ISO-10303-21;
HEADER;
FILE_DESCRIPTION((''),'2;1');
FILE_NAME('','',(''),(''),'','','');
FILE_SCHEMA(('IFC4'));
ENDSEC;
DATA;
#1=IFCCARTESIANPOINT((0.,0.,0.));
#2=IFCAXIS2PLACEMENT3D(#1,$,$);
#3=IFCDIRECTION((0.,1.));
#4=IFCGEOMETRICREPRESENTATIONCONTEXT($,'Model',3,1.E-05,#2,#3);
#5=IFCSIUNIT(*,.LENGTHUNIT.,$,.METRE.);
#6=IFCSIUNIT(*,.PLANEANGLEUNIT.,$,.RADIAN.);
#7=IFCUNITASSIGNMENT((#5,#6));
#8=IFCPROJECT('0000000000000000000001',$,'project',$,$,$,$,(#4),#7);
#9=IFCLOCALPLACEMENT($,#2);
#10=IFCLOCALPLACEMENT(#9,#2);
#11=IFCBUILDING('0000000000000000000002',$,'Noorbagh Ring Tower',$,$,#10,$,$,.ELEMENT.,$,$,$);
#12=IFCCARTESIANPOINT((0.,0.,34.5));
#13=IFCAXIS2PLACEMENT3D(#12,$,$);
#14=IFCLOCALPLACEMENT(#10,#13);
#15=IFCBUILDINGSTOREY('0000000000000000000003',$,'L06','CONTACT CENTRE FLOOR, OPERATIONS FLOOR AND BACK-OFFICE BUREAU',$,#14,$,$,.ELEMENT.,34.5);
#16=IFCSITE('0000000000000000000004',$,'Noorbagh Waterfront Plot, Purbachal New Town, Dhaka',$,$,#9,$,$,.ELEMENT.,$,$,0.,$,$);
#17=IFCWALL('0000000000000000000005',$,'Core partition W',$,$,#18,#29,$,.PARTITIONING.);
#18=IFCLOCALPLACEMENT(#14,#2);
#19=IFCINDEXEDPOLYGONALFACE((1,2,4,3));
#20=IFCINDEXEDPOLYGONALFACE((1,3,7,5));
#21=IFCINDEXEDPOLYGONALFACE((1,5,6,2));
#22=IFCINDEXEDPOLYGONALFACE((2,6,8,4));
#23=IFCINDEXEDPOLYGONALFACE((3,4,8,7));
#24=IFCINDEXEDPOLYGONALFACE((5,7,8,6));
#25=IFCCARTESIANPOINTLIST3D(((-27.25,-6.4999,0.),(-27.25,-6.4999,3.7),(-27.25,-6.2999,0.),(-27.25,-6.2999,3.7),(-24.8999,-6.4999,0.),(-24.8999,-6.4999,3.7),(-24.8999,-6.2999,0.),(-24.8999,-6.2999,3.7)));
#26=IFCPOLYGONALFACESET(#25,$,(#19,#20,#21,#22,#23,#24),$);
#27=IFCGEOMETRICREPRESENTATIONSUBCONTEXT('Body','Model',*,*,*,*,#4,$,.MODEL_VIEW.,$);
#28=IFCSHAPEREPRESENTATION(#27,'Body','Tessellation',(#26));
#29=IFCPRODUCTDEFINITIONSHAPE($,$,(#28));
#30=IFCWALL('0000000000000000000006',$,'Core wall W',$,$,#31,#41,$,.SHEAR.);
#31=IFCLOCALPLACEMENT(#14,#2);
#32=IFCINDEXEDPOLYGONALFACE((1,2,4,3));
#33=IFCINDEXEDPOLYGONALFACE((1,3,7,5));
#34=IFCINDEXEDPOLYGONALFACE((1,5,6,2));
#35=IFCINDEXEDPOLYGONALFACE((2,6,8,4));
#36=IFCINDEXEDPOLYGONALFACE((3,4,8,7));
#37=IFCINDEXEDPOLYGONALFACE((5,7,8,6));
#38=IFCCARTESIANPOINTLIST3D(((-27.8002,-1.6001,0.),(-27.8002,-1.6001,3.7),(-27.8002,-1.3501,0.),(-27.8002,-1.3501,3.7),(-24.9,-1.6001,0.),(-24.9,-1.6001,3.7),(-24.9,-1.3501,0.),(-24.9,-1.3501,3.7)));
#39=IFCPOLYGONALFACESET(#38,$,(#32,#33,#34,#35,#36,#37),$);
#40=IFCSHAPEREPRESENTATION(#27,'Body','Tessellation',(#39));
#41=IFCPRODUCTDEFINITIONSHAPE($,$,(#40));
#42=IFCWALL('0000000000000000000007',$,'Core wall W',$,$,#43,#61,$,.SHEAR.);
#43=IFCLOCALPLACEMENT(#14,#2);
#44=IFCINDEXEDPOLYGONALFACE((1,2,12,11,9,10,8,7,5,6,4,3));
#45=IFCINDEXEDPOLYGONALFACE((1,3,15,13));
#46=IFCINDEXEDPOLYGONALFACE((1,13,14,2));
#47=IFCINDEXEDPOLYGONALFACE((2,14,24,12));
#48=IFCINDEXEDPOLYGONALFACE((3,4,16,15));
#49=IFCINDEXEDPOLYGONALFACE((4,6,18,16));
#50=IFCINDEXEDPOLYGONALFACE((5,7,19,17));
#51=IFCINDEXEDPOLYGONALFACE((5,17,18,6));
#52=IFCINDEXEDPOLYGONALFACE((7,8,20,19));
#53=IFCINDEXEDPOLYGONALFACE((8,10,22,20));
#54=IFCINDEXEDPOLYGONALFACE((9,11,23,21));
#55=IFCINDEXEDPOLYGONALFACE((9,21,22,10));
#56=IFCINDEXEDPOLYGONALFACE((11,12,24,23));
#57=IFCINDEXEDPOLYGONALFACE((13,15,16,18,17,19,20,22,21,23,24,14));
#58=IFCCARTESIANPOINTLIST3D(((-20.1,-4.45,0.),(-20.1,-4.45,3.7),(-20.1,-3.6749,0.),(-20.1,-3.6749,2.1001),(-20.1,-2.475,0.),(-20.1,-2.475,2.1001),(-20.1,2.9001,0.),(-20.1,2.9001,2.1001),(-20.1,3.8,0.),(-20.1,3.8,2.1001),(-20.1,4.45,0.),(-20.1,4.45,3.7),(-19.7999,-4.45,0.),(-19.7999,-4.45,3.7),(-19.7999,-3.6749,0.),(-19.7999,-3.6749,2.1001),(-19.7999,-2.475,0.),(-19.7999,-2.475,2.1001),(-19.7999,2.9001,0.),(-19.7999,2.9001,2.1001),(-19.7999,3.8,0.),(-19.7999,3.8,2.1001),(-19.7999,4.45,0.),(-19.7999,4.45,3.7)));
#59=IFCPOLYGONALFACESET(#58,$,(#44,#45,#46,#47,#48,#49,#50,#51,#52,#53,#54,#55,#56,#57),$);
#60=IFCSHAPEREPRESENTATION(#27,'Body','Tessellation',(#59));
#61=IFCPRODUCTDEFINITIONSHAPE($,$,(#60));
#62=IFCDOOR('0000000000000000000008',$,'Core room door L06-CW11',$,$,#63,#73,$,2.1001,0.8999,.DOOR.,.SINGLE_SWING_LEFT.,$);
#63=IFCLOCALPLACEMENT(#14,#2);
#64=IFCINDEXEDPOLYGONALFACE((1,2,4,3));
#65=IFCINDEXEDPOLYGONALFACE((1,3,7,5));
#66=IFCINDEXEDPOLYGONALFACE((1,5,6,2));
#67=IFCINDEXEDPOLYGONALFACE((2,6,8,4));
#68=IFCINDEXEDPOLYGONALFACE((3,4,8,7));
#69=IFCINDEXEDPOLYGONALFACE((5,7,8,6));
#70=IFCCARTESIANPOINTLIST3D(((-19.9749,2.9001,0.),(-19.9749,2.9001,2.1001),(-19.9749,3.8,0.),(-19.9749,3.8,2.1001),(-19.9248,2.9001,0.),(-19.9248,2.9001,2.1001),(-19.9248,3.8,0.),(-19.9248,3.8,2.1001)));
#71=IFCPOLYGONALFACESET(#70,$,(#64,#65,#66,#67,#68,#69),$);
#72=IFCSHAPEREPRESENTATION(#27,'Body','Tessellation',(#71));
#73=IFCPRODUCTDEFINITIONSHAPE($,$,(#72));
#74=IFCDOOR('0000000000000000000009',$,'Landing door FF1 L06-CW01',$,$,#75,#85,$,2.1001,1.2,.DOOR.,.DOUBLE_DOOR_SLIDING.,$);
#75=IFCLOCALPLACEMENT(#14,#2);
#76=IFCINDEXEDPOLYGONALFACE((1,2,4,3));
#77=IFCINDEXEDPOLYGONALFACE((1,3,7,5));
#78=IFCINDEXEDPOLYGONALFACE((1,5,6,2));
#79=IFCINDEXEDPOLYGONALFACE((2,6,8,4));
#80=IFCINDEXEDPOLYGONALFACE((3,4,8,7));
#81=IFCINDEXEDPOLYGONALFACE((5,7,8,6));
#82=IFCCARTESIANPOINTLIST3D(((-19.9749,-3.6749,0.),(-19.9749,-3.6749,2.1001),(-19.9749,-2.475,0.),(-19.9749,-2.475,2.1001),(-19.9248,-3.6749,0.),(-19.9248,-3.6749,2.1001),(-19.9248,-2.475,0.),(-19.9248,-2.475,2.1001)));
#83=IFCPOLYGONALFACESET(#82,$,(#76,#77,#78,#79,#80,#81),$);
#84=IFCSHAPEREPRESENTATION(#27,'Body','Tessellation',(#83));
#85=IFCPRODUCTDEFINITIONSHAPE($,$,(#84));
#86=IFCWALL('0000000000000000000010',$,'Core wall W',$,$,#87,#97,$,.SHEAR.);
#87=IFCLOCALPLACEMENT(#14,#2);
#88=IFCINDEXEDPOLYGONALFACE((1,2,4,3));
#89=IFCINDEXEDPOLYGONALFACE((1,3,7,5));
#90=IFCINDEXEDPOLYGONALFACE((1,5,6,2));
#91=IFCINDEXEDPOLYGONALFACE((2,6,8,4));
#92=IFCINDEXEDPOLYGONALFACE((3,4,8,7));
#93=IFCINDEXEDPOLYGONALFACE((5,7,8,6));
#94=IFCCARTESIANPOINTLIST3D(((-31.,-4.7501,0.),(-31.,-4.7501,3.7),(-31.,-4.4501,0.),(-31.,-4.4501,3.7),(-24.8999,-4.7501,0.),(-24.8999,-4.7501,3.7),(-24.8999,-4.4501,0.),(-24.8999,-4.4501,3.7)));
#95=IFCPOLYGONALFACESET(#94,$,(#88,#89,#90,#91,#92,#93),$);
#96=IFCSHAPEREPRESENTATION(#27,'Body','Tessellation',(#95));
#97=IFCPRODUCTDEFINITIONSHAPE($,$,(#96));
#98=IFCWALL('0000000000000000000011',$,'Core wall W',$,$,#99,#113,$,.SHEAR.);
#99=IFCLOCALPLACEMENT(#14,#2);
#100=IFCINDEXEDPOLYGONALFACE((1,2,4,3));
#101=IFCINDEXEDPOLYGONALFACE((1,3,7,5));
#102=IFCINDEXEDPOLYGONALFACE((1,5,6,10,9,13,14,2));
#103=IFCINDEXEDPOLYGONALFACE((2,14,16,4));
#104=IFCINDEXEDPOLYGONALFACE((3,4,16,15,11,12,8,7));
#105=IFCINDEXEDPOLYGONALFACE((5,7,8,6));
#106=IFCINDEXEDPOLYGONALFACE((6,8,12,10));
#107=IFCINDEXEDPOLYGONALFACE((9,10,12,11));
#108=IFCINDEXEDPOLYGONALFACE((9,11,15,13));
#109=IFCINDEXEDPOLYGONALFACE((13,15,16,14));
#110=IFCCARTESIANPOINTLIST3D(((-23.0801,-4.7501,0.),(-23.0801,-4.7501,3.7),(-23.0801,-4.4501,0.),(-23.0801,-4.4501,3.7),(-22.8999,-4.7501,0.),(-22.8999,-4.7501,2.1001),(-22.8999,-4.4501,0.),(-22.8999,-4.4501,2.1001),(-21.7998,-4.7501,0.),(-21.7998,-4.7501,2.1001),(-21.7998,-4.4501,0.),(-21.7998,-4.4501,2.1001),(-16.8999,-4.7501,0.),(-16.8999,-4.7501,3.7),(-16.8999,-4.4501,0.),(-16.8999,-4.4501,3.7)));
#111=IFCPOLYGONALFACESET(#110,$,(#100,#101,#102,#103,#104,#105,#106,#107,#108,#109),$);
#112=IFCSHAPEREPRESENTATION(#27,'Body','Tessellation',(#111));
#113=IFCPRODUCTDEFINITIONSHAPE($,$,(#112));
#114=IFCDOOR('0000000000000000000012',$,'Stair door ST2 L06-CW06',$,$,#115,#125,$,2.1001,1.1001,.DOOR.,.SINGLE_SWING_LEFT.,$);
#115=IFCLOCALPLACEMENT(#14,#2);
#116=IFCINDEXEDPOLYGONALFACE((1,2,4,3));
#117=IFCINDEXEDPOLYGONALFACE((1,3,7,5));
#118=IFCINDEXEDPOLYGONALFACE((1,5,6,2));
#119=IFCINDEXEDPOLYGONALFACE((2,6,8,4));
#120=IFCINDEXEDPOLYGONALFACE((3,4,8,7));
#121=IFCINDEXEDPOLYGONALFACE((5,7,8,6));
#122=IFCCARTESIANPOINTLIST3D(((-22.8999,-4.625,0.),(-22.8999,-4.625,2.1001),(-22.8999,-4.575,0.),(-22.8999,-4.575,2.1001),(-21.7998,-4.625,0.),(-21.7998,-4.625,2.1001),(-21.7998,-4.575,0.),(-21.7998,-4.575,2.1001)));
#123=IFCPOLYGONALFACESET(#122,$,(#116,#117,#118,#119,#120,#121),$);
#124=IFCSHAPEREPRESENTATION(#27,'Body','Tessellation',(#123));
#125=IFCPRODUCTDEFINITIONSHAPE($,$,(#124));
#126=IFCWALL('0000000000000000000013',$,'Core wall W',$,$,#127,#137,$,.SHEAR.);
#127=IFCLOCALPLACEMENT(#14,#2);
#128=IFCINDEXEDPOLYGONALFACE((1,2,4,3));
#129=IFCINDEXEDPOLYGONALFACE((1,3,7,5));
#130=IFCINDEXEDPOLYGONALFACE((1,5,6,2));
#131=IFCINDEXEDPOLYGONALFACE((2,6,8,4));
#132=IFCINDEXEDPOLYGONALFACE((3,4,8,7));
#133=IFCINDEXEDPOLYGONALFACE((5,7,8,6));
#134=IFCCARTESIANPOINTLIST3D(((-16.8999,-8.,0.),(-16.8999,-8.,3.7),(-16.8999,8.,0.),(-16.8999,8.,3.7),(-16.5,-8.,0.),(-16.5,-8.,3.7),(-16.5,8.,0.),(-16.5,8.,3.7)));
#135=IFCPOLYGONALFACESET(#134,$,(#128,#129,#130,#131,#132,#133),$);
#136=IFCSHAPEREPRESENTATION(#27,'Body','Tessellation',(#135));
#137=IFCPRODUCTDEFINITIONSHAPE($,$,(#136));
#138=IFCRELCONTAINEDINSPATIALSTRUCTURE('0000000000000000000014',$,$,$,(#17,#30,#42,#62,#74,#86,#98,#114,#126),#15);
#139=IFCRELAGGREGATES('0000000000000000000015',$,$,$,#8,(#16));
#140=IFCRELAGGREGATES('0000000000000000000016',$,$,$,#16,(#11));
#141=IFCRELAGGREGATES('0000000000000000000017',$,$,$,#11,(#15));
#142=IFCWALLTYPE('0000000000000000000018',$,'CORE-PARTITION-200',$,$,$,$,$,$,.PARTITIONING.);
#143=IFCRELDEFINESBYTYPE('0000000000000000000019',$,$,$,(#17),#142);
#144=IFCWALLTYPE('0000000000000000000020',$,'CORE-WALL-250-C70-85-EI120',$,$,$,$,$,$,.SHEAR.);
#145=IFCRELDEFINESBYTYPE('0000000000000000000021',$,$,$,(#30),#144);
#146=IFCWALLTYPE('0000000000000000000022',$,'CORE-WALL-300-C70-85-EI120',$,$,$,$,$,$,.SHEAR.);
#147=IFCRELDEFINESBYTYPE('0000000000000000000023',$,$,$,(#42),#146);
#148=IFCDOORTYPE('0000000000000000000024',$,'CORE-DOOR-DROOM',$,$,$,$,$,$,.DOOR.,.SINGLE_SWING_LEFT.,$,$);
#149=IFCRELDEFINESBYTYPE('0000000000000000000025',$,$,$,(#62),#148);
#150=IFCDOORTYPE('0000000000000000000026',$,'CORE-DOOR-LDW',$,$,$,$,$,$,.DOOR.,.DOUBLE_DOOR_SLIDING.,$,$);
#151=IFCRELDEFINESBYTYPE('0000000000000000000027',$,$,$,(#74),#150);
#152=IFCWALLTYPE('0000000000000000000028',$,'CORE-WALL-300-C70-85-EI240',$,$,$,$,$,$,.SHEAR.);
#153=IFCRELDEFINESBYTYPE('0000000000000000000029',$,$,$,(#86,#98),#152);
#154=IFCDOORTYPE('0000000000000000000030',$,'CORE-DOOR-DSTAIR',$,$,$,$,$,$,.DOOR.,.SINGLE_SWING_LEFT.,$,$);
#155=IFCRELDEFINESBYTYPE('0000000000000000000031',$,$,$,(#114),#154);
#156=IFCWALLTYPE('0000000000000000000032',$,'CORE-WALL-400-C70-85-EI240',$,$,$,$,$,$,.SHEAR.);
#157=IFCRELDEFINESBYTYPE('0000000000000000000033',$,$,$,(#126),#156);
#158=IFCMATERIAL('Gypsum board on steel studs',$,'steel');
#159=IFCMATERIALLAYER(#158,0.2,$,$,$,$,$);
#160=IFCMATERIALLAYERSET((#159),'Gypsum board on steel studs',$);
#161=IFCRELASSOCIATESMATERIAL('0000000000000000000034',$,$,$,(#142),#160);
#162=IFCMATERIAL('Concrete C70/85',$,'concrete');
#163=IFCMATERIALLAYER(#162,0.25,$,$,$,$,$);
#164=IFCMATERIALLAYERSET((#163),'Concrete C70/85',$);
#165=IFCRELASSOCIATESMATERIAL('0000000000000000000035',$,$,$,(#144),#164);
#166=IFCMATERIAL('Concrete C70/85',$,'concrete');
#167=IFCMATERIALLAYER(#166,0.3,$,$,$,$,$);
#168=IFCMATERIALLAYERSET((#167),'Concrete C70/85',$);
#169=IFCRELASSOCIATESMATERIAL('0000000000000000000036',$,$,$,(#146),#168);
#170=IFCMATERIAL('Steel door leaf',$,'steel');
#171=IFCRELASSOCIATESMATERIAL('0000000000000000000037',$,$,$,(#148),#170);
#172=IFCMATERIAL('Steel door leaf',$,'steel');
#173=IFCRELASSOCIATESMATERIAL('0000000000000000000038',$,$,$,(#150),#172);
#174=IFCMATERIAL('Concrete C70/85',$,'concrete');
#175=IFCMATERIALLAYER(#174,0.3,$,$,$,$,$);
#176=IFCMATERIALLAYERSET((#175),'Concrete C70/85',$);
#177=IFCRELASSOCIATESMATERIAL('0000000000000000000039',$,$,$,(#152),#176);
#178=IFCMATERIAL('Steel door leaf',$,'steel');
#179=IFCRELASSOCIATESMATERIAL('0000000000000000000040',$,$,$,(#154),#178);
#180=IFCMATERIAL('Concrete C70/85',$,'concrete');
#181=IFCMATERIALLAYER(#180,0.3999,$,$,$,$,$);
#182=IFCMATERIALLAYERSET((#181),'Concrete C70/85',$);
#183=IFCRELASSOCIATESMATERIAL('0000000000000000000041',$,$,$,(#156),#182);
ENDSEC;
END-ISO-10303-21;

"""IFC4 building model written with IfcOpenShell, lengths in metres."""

from ifc_helpers import new_model, si_unit, direction, frame, frame_2d, origin, place, context, subcontext, project, spatial, rectangle, extrude, material, layer, layer_set, type_object, element, fill, save


model = new_model("IFC4")

# Units and contexts
model_context = context("Model", 3, precision=1e-05, world=origin(), true_north=direction((0.0, 1.0)))
body_context = subcontext(model_context, "Body", "Model", "MODEL_VIEW")
ifc_project = project(units=[si_unit("LENGTHUNIT", "METRE"), si_unit("PLANEANGLEUNIT", "RADIAN")], contexts=[model_context])

# Site, building, storey
site_placement = place(None, origin())
site = spatial("IfcSite", under=ifc_project, at=site_placement, Name="Noorbagh Waterfront Plot, Purbachal New Town, Dhaka", CompositionType="ELEMENT", RefElevation=0.0)
building_placement = place(site_placement, origin())
building = spatial("IfcBuilding", under=site, at=building_placement, Name="Noorbagh Ring Tower", CompositionType="ELEMENT")
storey_placement = place(building_placement, frame((0.0, 0.0, 34.5)))
storey = spatial("IfcBuildingStorey", under=building, at=storey_placement, Name="L06", Description="CONTACT CENTRE FLOOR, OPERATIONS FLOOR AND BACK-OFFICE BUREAU", CompositionType="ELEMENT", Elevation=34.5)

# Walls
ifc_material_1 = material(Name="Gypsum board on steel studs", Category="steel")
ifc_layer_1 = layer(ifc_material_1, 0.2)
ifc_layer_set_1 = layer_set([ifc_layer_1], Name="Gypsum board on steel studs")
wall_type_1 = type_object("IfcWallType", Name="CORE-PARTITION-200", PredefinedType="PARTITIONING", material=ifc_layer_set_1)
wall_1_placement = place(storey_placement, frame((-24.8999, -6.3999, 0.0), z_axis=(0.0, 0.0, 1.0), x_axis=(-1.0, 0.0, 0.0)))
element("IfcWall", 1, at=wall_1_placement, inside=storey, type_object=wall_type_1, Name="Core partition W", PredefinedType="PARTITIONING", context=body_context, shape_type="SweptSolid", body=[
    extrude(rectangle(XDim=2.3501, YDim=0.2, at=frame_2d((1.175, 0.0))), origin(), (0.0, 0.0, 1.0), 3.7),
])
ifc_material_2 = material(Name="Concrete C70/85", Category="concrete")
ifc_layer_2 = layer(ifc_material_2, 0.25)
ifc_layer_set_2 = layer_set([ifc_layer_2], Name="Concrete C70/85")
wall_type_2 = type_object("IfcWallType", Name="CORE-WALL-250-C70-85-EI120", PredefinedType="SHEAR", material=ifc_layer_set_2)
wall_2_placement = place(storey_placement, frame((-24.8999, -1.4751, 0.0), z_axis=(0.0, 0.0, 1.0), x_axis=(-1.0, 0.0, 0.0)))
element("IfcWall", 2, at=wall_2_placement, inside=storey, type_object=wall_type_2, Name="Core wall W", PredefinedType="SHEAR", context=body_context, shape_type="SweptSolid", body=[
    extrude(rectangle(XDim=2.9001, YDim=0.25, at=frame_2d((1.4502, 0.0))), origin(), (0.0, 0.0, 1.0), 3.7),
])

# Wall, openings, doors
ifc_material_3 = material(Name="Concrete C70/85", Category="concrete")
ifc_layer_3 = layer(ifc_material_3, 0.3)
ifc_layer_set_3 = layer_set([ifc_layer_3], Name="Concrete C70/85")
wall_type_3 = type_object("IfcWallType", Name="CORE-WALL-300-C70-85-EI120", PredefinedType="SHEAR", material=ifc_layer_set_3)
wall_3_placement = place(storey_placement, frame((-19.95, -4.45, 0.0), z_axis=(0.0, 0.0, 1.0), x_axis=(0.0, 1.0, 0.0)))
wall_3 = element("IfcWall", 3, at=wall_3_placement, inside=storey, type_object=wall_type_3, Name="Core wall W", PredefinedType="SHEAR", context=body_context, shape_type="SweptSolid", body=[
    extrude(rectangle(XDim=8.8999, YDim=0.3, at=frame_2d((4.45, 0.0))), origin(), (0.0, 0.0, 1.0), 3.7),
])
opening_1_placement = place(wall_3_placement, frame((0.7749, 0.0, 0.0)))
opening_1 = element("IfcOpeningElement", 4, at=opening_1_placement, cuts=wall_3, PredefinedType="OPENING", context=body_context, shape_type="SweptSolid", body=[
    extrude(rectangle(XDim=1.2, YDim=2.1001, at=frame_2d((0.6001, 1.05))), frame((0.0, 0.1602, 0.0), z_axis=(0.0, -1.0, 0.0), x_axis=(1.0, 0.0, 0.0)), (0.0, 0.0, 1.0), 0.3201),
])
opening_2_placement = place(wall_3_placement, frame((7.3501, 0.0, 0.0)))
opening_2 = element("IfcOpeningElement", 5, at=opening_2_placement, cuts=wall_3, PredefinedType="OPENING", context=body_context, shape_type="SweptSolid", body=[
    extrude(rectangle(XDim=0.8999, YDim=2.1001, at=frame_2d((0.45, 1.05))), frame((0.0, 0.1602, 0.0), z_axis=(0.0, -1.0, 0.0), x_axis=(1.0, 0.0, 0.0)), (0.0, 0.0, 1.0), 0.3201),
])
ifc_material_4 = material(Name="Steel door leaf", Category="steel")
door_type_1 = type_object("IfcDoorType", Name="CORE-DOOR-DROOM", OperationType="SINGLE_SWING_LEFT", PredefinedType="DOOR", material=ifc_material_4)
door_1_placement = place(opening_2_placement, origin())
door_1 = element("IfcDoor", 6, at=door_1_placement, inside=storey, type_object=door_type_1, Name="Core room door L06-CW11", OperationType="SINGLE_SWING_LEFT", OverallHeight=2.1001, OverallWidth=0.8999, PredefinedType="DOOR", context=body_context, shape_type="SweptSolid", body=[
    extrude(rectangle(XDim=0.8999, YDim=2.1001, at=frame_2d((0.45, 1.05))), frame((0.0, 0.0249, 0.0), z_axis=(0.0, -1.0, 0.0), x_axis=(1.0, 0.0, 0.0)), (0.0, 0.0, 1.0), 0.05),
])
fill(opening_2, door_1)
ifc_material_5 = material(Name="Steel door leaf", Category="steel")
door_type_2 = type_object("IfcDoorType", Name="CORE-DOOR-LDW", OperationType="DOUBLE_DOOR_SLIDING", PredefinedType="DOOR", material=ifc_material_5)
door_2_placement = place(opening_1_placement, origin())
door_2 = element("IfcDoor", 7, at=door_2_placement, inside=storey, type_object=door_type_2, Name="Landing door FF1 L06-CW01", OperationType="DOUBLE_DOOR_SLIDING", OverallHeight=2.1001, OverallWidth=1.2, PredefinedType="DOOR", context=body_context, shape_type="SweptSolid", body=[
    extrude(rectangle(XDim=1.2, YDim=2.1001, at=frame_2d((0.6001, 1.05))), frame((0.0, 0.0249, 0.0), z_axis=(0.0, -1.0, 0.0), x_axis=(1.0, 0.0, 0.0)), (0.0, 0.0, 1.0), 0.05),
])
fill(opening_1, door_2)

# Wall
ifc_material_6 = material(Name="Concrete C70/85", Category="concrete")
ifc_layer_4 = layer(ifc_material_6, 0.3)
ifc_layer_set_4 = layer_set([ifc_layer_4], Name="Concrete C70/85")
wall_type_4 = type_object("IfcWallType", Name="CORE-WALL-300-C70-85-EI240", PredefinedType="SHEAR", material=ifc_layer_set_4)
wall_4_placement = place(storey_placement, frame((-24.8999, -4.6001, 0.0), z_axis=(0.0, 0.0, 1.0), x_axis=(-1.0, 0.0, 0.0)))
element("IfcWall", 8, at=wall_4_placement, inside=storey, type_object=wall_type_4, Name="Core wall W", PredefinedType="SHEAR", context=body_context, shape_type="SweptSolid", body=[
    extrude(rectangle(XDim=6.1001, YDim=0.3, at=frame_2d((3.05, 0.0))), origin(), (0.0, 0.0, 1.0), 3.7),
])

# Wall, opening, door
wall_5_placement = place(storey_placement, frame((-16.8999, -4.6001, 0.0), z_axis=(0.0, 0.0, 1.0), x_axis=(-1.0, 0.0, 0.0)))
wall_5 = element("IfcWall", 9, at=wall_5_placement, inside=storey, type_object=wall_type_4, Name="Core wall W", PredefinedType="SHEAR", context=body_context, shape_type="SweptSolid", body=[
    extrude(rectangle(XDim=6.1802, YDim=0.3, at=frame_2d((3.0901, 0.0))), origin(), (0.0, 0.0, 1.0), 3.7),
])
opening_3_placement = place(wall_5_placement, frame((4.8999, 0.0, 0.0)))
opening_3 = element("IfcOpeningElement", 10, at=opening_3_placement, cuts=wall_5, PredefinedType="OPENING", context=body_context, shape_type="SweptSolid", body=[
    extrude(rectangle(XDim=1.1001, YDim=2.1001, at=frame_2d((0.55, 1.05))), frame((0.0, 0.1602, 0.0), z_axis=(0.0, -1.0, 0.0), x_axis=(1.0, 0.0, 0.0)), (0.0, 0.0, 1.0), 0.3201),
])
ifc_material_7 = material(Name="Steel door leaf", Category="steel")
door_type_3 = type_object("IfcDoorType", Name="CORE-DOOR-DSTAIR", OperationType="SINGLE_SWING_LEFT", PredefinedType="DOOR", material=ifc_material_7)
door_3_placement = place(opening_3_placement, origin())
door_3 = element("IfcDoor", 11, at=door_3_placement, inside=storey, type_object=door_type_3, Name="Stair door ST2 L06-CW06", OperationType="SINGLE_SWING_LEFT", OverallHeight=2.1001, OverallWidth=1.1001, PredefinedType="DOOR", context=body_context, shape_type="SweptSolid", body=[
    extrude(rectangle(XDim=1.1001, YDim=2.1001, at=frame_2d((0.55, 1.05))), frame((0.0, 0.0249, 0.0), z_axis=(0.0, -1.0, 0.0), x_axis=(1.0, 0.0, 0.0)), (0.0, 0.0, 1.0), 0.05),
])
fill(opening_3, door_3)

# Wall
ifc_material_8 = material(Name="Concrete C70/85", Category="concrete")
ifc_layer_5 = layer(ifc_material_8, 0.3999)
ifc_layer_set_5 = layer_set([ifc_layer_5], Name="Concrete C70/85")
wall_type_5 = type_object("IfcWallType", Name="CORE-WALL-400-C70-85-EI240", PredefinedType="SHEAR", material=ifc_layer_set_5)
wall_6_placement = place(storey_placement, frame((-16.7, -8.0, 0.0), z_axis=(0.0, 0.0, 1.0), x_axis=(0.0, 1.0, 0.0)))
element("IfcWall", 12, at=wall_6_placement, inside=storey, type_object=wall_type_5, Name="Core wall W", PredefinedType="SHEAR", context=body_context, shape_type="SweptSolid", body=[
    extrude(rectangle(XDim=16.0, YDim=0.3999, at=frame_2d((8.0, 0.0))), origin(), (0.0, 0.0, 1.0), 3.7),
])

save(model, "model.ifc")
